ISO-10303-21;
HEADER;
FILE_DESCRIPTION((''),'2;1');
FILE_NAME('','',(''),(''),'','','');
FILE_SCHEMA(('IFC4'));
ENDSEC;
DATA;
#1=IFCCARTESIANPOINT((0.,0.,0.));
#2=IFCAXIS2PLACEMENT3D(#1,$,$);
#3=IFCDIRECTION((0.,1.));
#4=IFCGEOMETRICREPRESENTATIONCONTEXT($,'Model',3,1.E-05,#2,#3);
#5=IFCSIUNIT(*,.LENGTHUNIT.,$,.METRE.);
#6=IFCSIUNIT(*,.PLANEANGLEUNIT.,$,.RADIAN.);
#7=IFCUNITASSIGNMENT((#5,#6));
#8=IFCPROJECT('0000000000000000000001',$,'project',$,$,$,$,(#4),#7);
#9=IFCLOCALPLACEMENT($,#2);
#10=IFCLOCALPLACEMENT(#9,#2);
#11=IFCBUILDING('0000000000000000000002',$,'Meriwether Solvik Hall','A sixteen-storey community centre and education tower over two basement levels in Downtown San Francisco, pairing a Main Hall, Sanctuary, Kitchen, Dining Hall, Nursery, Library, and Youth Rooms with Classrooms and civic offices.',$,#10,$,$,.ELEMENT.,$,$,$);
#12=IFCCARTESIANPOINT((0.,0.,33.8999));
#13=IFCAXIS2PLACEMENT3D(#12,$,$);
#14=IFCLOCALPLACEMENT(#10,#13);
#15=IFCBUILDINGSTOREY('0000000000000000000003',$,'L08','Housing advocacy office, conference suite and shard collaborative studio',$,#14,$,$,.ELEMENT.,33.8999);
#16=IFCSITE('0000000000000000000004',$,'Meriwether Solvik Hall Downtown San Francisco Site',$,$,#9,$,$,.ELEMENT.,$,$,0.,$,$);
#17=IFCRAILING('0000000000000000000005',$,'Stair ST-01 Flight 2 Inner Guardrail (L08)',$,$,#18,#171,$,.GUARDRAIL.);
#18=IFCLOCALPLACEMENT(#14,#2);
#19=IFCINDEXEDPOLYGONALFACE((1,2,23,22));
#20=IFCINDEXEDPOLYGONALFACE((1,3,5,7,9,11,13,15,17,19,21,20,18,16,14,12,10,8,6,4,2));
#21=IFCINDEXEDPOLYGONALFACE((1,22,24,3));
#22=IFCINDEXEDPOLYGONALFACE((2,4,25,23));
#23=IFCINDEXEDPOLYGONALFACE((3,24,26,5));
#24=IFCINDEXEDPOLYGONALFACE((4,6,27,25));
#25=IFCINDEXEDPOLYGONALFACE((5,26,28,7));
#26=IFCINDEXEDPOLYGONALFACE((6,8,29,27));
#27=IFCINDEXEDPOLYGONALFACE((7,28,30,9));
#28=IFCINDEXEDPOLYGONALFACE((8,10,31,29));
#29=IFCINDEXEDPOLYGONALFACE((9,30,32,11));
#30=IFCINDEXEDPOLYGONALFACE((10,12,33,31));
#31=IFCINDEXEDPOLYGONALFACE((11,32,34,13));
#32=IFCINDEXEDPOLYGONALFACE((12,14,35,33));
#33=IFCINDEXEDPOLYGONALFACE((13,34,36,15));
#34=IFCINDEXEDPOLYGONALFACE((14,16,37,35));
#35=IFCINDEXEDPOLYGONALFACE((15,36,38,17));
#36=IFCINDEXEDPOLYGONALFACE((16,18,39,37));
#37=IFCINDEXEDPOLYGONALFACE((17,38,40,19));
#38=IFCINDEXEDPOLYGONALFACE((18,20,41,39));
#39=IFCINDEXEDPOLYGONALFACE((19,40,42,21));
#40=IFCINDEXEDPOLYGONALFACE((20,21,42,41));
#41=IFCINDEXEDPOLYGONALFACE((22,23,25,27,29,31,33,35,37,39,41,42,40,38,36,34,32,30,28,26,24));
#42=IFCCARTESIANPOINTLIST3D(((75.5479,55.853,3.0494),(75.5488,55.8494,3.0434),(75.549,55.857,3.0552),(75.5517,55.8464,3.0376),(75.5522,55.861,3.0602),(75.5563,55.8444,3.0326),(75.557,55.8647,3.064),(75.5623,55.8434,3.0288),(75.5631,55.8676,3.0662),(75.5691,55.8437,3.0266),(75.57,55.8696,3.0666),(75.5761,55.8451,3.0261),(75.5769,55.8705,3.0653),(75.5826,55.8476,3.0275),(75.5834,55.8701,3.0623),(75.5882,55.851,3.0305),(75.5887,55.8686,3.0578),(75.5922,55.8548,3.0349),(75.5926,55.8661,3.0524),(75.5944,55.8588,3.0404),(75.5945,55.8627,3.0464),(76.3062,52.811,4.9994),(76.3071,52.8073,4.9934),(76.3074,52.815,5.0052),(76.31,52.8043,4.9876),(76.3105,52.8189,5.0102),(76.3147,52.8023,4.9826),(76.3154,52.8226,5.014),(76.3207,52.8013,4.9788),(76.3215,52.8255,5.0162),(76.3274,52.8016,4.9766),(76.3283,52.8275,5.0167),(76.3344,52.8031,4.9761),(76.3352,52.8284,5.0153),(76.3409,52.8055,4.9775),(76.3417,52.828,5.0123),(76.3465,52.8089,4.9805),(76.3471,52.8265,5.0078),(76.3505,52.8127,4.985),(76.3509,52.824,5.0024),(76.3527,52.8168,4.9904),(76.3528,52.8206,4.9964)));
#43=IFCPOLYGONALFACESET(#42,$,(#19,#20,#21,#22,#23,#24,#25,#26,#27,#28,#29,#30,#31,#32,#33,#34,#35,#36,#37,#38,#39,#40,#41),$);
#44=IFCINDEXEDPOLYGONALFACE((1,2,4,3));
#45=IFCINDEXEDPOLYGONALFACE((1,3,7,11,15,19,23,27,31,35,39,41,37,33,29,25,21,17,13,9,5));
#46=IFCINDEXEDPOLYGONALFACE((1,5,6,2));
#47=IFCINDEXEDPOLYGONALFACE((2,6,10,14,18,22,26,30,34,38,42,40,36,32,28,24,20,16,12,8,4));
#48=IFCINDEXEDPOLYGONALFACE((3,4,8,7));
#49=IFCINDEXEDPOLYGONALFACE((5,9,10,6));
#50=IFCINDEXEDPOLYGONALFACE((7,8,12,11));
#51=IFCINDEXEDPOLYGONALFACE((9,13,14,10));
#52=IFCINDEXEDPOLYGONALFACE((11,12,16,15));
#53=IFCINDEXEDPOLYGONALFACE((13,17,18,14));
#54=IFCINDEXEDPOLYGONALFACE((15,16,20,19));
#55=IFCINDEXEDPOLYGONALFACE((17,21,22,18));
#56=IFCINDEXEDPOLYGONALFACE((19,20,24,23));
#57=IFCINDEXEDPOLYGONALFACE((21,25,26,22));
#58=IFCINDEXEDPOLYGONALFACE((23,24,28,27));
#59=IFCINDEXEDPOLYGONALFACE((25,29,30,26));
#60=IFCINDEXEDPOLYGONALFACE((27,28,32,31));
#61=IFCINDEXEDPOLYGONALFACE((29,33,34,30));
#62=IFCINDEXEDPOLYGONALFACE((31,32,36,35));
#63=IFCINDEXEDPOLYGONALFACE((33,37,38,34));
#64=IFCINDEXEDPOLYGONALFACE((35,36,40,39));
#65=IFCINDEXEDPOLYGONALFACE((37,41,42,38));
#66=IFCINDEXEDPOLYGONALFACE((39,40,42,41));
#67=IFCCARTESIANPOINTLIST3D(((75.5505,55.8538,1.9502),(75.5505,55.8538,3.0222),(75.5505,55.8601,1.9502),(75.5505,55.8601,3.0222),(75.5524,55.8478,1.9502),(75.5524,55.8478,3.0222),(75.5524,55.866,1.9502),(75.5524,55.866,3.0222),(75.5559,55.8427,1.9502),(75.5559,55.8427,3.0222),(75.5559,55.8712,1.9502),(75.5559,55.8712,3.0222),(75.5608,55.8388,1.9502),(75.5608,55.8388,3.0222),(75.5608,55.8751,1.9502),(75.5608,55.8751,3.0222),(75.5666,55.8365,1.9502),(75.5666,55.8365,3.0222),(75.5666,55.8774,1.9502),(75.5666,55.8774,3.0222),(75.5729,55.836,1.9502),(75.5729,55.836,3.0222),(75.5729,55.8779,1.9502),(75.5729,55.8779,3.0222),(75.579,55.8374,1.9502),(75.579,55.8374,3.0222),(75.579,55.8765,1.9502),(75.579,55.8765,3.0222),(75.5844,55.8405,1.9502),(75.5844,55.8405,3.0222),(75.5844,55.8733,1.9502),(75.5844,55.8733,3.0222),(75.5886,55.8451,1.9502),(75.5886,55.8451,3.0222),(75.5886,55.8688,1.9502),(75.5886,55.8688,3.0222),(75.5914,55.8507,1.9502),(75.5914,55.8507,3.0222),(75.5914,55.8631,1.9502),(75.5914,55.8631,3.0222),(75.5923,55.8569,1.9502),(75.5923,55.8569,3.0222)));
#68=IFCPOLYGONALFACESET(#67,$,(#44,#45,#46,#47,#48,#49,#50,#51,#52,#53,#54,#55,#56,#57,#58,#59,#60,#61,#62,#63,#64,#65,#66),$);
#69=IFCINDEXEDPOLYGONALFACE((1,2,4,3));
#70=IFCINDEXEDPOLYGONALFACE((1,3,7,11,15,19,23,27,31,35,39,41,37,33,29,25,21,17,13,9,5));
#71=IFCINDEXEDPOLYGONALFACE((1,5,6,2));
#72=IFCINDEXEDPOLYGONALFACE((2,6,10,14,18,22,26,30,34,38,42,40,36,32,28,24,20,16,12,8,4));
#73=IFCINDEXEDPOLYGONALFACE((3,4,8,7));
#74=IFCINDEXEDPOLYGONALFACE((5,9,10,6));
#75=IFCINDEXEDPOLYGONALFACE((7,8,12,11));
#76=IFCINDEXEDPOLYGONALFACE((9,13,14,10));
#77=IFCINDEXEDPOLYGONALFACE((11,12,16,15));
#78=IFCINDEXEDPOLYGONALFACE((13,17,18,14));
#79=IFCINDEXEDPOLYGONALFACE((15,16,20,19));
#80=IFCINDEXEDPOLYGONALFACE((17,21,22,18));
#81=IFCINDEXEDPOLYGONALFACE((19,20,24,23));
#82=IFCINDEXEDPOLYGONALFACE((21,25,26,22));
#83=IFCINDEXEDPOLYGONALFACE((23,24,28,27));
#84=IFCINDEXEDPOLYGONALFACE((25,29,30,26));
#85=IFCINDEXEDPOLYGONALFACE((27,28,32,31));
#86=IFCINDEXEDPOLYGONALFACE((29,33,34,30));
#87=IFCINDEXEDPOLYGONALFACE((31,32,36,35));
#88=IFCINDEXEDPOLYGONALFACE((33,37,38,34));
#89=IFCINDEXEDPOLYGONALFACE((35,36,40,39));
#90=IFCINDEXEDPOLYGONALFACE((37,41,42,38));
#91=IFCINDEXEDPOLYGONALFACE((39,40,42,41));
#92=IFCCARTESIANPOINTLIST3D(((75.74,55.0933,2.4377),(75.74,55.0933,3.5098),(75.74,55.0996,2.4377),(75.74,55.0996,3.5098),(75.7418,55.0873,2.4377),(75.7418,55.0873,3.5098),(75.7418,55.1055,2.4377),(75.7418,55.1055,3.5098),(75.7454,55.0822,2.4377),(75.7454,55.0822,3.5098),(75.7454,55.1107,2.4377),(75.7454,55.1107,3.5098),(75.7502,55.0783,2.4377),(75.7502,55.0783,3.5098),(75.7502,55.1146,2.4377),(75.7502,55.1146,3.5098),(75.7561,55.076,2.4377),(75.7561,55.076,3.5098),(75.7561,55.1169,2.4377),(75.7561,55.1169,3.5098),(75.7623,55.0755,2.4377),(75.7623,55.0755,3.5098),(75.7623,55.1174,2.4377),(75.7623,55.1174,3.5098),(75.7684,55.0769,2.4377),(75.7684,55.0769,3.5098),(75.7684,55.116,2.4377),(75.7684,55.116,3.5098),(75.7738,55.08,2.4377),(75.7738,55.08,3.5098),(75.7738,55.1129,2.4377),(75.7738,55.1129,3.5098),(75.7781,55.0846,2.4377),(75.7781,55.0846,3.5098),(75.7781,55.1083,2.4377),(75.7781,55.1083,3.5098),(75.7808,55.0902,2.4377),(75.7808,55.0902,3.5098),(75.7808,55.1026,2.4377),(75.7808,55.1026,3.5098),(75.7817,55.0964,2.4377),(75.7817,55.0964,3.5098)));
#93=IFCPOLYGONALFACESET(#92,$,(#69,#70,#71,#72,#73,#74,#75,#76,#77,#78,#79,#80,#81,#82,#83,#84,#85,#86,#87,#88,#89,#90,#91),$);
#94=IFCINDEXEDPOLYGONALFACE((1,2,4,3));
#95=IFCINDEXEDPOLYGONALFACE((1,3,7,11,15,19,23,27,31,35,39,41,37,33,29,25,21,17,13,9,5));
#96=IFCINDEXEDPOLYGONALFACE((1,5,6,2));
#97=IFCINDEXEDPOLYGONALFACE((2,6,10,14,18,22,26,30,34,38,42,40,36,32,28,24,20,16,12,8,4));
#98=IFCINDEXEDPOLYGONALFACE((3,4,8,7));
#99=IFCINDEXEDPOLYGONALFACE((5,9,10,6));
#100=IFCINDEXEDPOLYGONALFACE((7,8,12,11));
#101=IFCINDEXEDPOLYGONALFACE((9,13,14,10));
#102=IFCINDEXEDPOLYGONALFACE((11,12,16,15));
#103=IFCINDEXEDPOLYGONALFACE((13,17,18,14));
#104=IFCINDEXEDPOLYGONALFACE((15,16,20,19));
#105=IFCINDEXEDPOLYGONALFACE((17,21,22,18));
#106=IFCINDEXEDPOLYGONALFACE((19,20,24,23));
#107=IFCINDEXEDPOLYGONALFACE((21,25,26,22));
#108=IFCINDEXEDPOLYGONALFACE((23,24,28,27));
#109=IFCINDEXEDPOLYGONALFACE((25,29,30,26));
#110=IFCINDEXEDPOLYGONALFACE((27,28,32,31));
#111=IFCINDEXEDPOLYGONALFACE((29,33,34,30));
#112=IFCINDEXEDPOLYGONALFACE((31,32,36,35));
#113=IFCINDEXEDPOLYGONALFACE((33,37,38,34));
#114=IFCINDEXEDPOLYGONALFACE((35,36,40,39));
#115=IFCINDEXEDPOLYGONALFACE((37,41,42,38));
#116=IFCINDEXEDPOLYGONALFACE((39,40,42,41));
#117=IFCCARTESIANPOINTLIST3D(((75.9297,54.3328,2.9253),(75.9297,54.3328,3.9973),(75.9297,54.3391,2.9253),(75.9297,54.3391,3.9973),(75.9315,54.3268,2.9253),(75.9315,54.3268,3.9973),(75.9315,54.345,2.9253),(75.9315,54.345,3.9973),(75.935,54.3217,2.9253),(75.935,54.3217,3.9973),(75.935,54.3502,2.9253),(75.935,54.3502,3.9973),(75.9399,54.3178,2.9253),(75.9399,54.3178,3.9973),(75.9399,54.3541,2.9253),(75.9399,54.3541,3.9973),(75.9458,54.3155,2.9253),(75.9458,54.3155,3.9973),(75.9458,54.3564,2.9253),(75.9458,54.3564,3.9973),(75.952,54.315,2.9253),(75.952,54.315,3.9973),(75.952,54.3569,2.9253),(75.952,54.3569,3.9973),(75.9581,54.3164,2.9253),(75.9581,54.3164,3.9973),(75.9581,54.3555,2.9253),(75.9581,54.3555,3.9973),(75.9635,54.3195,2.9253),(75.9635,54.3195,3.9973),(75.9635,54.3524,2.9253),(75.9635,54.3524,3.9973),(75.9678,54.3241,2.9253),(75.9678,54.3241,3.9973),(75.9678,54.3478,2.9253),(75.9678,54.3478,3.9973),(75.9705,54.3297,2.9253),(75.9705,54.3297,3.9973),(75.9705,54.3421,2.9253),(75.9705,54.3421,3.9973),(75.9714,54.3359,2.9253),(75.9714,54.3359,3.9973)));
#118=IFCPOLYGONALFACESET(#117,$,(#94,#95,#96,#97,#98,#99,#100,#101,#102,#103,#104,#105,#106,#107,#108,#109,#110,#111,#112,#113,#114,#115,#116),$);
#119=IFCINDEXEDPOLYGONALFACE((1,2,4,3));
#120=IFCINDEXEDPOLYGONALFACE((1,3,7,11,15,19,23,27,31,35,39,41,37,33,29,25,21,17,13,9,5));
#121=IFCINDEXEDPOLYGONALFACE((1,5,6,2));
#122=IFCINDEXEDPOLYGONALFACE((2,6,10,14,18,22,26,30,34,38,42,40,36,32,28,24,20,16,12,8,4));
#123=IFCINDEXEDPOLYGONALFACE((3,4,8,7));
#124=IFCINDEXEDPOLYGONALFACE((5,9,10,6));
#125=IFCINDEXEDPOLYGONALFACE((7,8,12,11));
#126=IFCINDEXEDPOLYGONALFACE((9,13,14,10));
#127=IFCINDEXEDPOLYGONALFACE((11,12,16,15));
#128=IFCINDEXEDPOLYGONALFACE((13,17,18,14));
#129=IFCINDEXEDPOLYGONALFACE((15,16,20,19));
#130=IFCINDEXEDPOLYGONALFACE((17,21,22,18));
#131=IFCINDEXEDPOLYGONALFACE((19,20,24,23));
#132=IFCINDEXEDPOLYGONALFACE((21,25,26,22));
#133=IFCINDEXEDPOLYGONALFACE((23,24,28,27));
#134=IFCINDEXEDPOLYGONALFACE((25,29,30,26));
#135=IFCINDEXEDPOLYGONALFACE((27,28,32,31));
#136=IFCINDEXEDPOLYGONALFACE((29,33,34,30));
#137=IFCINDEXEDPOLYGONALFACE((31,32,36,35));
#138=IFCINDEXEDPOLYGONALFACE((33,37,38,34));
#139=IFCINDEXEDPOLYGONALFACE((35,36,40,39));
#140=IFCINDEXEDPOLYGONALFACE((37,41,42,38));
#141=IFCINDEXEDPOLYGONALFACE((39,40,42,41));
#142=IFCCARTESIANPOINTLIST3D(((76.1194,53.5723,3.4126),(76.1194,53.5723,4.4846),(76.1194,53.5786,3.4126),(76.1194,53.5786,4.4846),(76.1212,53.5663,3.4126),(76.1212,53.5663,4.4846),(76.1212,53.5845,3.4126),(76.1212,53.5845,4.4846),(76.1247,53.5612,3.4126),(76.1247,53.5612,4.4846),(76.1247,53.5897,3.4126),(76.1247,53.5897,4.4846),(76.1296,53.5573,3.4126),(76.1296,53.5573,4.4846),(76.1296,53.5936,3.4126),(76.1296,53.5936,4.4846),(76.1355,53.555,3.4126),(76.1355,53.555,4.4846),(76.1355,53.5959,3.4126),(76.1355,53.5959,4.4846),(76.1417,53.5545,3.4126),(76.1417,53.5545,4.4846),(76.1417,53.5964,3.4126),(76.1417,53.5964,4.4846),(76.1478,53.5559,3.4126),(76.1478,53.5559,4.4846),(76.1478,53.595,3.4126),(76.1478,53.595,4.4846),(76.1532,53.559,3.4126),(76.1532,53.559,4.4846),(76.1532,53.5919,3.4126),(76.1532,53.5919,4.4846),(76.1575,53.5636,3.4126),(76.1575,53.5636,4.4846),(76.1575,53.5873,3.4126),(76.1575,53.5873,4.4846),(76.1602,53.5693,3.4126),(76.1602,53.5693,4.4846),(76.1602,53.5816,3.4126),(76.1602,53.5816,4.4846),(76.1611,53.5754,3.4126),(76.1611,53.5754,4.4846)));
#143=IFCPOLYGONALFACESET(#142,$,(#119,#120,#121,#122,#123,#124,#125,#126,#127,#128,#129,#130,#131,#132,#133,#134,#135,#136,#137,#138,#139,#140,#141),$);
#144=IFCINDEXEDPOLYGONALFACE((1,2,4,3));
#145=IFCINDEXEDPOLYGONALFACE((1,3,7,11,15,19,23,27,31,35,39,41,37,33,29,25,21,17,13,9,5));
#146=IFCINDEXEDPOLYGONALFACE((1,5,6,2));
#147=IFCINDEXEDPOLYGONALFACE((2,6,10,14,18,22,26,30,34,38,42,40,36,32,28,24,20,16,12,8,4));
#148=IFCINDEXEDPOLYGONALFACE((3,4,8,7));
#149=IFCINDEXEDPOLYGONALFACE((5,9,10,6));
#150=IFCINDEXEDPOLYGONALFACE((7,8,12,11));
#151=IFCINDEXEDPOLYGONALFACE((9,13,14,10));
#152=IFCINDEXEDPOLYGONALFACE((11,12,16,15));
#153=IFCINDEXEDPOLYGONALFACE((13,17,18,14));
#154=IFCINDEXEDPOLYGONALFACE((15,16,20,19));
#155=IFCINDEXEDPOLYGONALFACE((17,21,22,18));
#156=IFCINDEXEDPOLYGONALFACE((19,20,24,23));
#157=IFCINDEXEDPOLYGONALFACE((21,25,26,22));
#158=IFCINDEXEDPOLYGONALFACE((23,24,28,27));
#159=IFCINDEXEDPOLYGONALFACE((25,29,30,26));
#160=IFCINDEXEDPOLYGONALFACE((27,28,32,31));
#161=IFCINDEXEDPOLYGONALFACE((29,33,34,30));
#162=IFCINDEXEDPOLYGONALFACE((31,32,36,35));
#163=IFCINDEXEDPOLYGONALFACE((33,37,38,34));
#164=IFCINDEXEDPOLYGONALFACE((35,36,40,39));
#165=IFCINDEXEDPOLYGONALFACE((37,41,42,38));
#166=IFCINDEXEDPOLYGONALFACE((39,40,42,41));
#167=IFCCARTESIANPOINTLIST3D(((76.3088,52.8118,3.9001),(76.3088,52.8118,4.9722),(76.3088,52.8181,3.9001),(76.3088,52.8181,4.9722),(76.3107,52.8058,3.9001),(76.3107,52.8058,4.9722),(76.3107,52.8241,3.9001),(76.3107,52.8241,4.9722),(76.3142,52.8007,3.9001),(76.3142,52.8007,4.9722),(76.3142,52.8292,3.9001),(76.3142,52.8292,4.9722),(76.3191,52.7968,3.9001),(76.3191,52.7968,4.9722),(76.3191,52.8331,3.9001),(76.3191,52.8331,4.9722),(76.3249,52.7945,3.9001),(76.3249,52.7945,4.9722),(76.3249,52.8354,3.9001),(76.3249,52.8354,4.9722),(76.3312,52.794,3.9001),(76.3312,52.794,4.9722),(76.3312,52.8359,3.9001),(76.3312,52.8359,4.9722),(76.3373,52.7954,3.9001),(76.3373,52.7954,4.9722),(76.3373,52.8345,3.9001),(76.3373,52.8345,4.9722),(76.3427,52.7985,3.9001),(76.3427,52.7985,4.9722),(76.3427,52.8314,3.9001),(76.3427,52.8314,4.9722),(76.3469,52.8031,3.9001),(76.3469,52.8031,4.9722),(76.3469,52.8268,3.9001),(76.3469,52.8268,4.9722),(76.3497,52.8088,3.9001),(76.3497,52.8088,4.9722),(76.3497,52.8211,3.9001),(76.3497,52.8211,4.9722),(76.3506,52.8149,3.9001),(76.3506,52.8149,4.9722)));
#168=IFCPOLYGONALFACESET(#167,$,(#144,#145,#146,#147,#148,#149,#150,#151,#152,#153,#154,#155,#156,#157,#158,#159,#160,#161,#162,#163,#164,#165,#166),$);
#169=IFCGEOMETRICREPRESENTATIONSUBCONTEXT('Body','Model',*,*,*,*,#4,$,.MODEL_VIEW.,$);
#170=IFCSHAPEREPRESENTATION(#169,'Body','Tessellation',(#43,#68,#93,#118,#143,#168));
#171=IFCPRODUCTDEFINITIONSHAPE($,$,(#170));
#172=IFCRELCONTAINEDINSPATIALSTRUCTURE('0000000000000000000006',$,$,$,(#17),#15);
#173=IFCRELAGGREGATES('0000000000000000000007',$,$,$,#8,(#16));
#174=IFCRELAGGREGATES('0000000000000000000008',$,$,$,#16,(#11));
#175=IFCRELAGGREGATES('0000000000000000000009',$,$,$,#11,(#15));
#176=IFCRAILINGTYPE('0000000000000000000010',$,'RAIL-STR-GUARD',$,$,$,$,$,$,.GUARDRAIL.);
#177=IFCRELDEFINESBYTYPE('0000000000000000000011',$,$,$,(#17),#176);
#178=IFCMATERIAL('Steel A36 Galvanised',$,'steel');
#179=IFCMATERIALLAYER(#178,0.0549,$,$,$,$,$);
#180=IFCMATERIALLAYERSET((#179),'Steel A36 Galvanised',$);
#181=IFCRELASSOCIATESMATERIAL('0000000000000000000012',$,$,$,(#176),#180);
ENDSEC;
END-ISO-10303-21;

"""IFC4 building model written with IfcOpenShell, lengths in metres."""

from ifc_helpers import new_model, si_unit, direction, frame, origin, origin_2d, place, context, subcontext, project, spatial, circle, extrude, material, layer, layer_set, type_object, element, save


model = new_model("IFC4")

# Units and contexts
model_context = context("Model", 3, precision=1e-05, world=origin(), true_north=direction((0.0, 1.0)))
body_context = subcontext(model_context, "Body", "Model", "MODEL_VIEW")
ifc_project = project(units=[si_unit("LENGTHUNIT", "METRE"), si_unit("PLANEANGLEUNIT", "RADIAN")], contexts=[model_context])

# Site, building, storey
site_placement = place(None, origin())
site = spatial("IfcSite", under=ifc_project, at=site_placement, Name="Meriwether Solvik Hall Downtown San Francisco Site", CompositionType="ELEMENT", RefElevation=0.0)
building_placement = place(site_placement, origin())
building = spatial("IfcBuilding", under=site, at=building_placement, Name="Meriwether Solvik Hall", Description="A sixteen-storey community centre and education tower over two basement levels in Downtown San Francisco, pairing a Main Hall, Sanctuary, Kitchen, Dining Hall, Nursery, Library, and Youth Rooms with Classrooms and civic offices.", CompositionType="ELEMENT")
storey_placement = place(building_placement, frame((0.0, 0.0, 33.8999)))
storey = spatial("IfcBuildingStorey", under=building, at=storey_placement, Name="L08", Description="Housing advocacy office, conference suite and shard collaborative studio", CompositionType="ELEMENT", Elevation=33.8999)

# Railing
ifc_material_1 = material(Name="Steel A36 Galvanised", Category="steel")
ifc_layer_1 = layer(ifc_material_1, 0.0549)
ifc_layer_set_1 = layer_set([ifc_layer_1], Name="Steel A36 Galvanised")
railing_type_1 = type_object("IfcRailingType", Name="RAIL-STR-GUARD", PredefinedType="GUARDRAIL", material=ifc_layer_set_1)
railing_1_placement = place(storey_placement, frame((75.5713, 55.8569, 1.9502)))
element("IfcRailing", 1, at=railing_1_placement, inside=storey, type_object=railing_type_1, Name="Stair ST-01 Flight 2 Inner Guardrail (L08)", PredefinedType="GUARDRAIL", context=body_context, shape_type="SweptSolid", body=[
    extrude(circle(Radius=0.0239, at=origin_2d()), frame((0.0, 0.0, 1.0962), z_axis=(0.205389, -0.823936, 0.528152), x_axis=(0.970307, 0.241876, 0.0)), (0.0, 0.0, 1.0), 3.6921),
    extrude(circle(Radius=0.021, at=origin_2d()), origin(), (0.0, 0.0, 1.0), 1.072),
    extrude(circle(Radius=0.021, at=origin_2d()), frame((0.1895, -0.7605, 0.4875)), (0.0, 0.0, 1.0), 1.072),
    extrude(circle(Radius=0.021, at=origin_2d()), frame((0.3792, -1.521, 0.9751)), (0.0, 0.0, 1.0), 1.072),
    extrude(circle(Radius=0.021, at=origin_2d()), frame((0.5688, -2.2815, 1.4624)), (0.0, 0.0, 1.0), 1.072),
    extrude(circle(Radius=0.021, at=origin_2d()), frame((0.7583, -3.042, 1.95)), (0.0, 0.0, 1.0), 1.072),
])

save(model, "model.ifc")
